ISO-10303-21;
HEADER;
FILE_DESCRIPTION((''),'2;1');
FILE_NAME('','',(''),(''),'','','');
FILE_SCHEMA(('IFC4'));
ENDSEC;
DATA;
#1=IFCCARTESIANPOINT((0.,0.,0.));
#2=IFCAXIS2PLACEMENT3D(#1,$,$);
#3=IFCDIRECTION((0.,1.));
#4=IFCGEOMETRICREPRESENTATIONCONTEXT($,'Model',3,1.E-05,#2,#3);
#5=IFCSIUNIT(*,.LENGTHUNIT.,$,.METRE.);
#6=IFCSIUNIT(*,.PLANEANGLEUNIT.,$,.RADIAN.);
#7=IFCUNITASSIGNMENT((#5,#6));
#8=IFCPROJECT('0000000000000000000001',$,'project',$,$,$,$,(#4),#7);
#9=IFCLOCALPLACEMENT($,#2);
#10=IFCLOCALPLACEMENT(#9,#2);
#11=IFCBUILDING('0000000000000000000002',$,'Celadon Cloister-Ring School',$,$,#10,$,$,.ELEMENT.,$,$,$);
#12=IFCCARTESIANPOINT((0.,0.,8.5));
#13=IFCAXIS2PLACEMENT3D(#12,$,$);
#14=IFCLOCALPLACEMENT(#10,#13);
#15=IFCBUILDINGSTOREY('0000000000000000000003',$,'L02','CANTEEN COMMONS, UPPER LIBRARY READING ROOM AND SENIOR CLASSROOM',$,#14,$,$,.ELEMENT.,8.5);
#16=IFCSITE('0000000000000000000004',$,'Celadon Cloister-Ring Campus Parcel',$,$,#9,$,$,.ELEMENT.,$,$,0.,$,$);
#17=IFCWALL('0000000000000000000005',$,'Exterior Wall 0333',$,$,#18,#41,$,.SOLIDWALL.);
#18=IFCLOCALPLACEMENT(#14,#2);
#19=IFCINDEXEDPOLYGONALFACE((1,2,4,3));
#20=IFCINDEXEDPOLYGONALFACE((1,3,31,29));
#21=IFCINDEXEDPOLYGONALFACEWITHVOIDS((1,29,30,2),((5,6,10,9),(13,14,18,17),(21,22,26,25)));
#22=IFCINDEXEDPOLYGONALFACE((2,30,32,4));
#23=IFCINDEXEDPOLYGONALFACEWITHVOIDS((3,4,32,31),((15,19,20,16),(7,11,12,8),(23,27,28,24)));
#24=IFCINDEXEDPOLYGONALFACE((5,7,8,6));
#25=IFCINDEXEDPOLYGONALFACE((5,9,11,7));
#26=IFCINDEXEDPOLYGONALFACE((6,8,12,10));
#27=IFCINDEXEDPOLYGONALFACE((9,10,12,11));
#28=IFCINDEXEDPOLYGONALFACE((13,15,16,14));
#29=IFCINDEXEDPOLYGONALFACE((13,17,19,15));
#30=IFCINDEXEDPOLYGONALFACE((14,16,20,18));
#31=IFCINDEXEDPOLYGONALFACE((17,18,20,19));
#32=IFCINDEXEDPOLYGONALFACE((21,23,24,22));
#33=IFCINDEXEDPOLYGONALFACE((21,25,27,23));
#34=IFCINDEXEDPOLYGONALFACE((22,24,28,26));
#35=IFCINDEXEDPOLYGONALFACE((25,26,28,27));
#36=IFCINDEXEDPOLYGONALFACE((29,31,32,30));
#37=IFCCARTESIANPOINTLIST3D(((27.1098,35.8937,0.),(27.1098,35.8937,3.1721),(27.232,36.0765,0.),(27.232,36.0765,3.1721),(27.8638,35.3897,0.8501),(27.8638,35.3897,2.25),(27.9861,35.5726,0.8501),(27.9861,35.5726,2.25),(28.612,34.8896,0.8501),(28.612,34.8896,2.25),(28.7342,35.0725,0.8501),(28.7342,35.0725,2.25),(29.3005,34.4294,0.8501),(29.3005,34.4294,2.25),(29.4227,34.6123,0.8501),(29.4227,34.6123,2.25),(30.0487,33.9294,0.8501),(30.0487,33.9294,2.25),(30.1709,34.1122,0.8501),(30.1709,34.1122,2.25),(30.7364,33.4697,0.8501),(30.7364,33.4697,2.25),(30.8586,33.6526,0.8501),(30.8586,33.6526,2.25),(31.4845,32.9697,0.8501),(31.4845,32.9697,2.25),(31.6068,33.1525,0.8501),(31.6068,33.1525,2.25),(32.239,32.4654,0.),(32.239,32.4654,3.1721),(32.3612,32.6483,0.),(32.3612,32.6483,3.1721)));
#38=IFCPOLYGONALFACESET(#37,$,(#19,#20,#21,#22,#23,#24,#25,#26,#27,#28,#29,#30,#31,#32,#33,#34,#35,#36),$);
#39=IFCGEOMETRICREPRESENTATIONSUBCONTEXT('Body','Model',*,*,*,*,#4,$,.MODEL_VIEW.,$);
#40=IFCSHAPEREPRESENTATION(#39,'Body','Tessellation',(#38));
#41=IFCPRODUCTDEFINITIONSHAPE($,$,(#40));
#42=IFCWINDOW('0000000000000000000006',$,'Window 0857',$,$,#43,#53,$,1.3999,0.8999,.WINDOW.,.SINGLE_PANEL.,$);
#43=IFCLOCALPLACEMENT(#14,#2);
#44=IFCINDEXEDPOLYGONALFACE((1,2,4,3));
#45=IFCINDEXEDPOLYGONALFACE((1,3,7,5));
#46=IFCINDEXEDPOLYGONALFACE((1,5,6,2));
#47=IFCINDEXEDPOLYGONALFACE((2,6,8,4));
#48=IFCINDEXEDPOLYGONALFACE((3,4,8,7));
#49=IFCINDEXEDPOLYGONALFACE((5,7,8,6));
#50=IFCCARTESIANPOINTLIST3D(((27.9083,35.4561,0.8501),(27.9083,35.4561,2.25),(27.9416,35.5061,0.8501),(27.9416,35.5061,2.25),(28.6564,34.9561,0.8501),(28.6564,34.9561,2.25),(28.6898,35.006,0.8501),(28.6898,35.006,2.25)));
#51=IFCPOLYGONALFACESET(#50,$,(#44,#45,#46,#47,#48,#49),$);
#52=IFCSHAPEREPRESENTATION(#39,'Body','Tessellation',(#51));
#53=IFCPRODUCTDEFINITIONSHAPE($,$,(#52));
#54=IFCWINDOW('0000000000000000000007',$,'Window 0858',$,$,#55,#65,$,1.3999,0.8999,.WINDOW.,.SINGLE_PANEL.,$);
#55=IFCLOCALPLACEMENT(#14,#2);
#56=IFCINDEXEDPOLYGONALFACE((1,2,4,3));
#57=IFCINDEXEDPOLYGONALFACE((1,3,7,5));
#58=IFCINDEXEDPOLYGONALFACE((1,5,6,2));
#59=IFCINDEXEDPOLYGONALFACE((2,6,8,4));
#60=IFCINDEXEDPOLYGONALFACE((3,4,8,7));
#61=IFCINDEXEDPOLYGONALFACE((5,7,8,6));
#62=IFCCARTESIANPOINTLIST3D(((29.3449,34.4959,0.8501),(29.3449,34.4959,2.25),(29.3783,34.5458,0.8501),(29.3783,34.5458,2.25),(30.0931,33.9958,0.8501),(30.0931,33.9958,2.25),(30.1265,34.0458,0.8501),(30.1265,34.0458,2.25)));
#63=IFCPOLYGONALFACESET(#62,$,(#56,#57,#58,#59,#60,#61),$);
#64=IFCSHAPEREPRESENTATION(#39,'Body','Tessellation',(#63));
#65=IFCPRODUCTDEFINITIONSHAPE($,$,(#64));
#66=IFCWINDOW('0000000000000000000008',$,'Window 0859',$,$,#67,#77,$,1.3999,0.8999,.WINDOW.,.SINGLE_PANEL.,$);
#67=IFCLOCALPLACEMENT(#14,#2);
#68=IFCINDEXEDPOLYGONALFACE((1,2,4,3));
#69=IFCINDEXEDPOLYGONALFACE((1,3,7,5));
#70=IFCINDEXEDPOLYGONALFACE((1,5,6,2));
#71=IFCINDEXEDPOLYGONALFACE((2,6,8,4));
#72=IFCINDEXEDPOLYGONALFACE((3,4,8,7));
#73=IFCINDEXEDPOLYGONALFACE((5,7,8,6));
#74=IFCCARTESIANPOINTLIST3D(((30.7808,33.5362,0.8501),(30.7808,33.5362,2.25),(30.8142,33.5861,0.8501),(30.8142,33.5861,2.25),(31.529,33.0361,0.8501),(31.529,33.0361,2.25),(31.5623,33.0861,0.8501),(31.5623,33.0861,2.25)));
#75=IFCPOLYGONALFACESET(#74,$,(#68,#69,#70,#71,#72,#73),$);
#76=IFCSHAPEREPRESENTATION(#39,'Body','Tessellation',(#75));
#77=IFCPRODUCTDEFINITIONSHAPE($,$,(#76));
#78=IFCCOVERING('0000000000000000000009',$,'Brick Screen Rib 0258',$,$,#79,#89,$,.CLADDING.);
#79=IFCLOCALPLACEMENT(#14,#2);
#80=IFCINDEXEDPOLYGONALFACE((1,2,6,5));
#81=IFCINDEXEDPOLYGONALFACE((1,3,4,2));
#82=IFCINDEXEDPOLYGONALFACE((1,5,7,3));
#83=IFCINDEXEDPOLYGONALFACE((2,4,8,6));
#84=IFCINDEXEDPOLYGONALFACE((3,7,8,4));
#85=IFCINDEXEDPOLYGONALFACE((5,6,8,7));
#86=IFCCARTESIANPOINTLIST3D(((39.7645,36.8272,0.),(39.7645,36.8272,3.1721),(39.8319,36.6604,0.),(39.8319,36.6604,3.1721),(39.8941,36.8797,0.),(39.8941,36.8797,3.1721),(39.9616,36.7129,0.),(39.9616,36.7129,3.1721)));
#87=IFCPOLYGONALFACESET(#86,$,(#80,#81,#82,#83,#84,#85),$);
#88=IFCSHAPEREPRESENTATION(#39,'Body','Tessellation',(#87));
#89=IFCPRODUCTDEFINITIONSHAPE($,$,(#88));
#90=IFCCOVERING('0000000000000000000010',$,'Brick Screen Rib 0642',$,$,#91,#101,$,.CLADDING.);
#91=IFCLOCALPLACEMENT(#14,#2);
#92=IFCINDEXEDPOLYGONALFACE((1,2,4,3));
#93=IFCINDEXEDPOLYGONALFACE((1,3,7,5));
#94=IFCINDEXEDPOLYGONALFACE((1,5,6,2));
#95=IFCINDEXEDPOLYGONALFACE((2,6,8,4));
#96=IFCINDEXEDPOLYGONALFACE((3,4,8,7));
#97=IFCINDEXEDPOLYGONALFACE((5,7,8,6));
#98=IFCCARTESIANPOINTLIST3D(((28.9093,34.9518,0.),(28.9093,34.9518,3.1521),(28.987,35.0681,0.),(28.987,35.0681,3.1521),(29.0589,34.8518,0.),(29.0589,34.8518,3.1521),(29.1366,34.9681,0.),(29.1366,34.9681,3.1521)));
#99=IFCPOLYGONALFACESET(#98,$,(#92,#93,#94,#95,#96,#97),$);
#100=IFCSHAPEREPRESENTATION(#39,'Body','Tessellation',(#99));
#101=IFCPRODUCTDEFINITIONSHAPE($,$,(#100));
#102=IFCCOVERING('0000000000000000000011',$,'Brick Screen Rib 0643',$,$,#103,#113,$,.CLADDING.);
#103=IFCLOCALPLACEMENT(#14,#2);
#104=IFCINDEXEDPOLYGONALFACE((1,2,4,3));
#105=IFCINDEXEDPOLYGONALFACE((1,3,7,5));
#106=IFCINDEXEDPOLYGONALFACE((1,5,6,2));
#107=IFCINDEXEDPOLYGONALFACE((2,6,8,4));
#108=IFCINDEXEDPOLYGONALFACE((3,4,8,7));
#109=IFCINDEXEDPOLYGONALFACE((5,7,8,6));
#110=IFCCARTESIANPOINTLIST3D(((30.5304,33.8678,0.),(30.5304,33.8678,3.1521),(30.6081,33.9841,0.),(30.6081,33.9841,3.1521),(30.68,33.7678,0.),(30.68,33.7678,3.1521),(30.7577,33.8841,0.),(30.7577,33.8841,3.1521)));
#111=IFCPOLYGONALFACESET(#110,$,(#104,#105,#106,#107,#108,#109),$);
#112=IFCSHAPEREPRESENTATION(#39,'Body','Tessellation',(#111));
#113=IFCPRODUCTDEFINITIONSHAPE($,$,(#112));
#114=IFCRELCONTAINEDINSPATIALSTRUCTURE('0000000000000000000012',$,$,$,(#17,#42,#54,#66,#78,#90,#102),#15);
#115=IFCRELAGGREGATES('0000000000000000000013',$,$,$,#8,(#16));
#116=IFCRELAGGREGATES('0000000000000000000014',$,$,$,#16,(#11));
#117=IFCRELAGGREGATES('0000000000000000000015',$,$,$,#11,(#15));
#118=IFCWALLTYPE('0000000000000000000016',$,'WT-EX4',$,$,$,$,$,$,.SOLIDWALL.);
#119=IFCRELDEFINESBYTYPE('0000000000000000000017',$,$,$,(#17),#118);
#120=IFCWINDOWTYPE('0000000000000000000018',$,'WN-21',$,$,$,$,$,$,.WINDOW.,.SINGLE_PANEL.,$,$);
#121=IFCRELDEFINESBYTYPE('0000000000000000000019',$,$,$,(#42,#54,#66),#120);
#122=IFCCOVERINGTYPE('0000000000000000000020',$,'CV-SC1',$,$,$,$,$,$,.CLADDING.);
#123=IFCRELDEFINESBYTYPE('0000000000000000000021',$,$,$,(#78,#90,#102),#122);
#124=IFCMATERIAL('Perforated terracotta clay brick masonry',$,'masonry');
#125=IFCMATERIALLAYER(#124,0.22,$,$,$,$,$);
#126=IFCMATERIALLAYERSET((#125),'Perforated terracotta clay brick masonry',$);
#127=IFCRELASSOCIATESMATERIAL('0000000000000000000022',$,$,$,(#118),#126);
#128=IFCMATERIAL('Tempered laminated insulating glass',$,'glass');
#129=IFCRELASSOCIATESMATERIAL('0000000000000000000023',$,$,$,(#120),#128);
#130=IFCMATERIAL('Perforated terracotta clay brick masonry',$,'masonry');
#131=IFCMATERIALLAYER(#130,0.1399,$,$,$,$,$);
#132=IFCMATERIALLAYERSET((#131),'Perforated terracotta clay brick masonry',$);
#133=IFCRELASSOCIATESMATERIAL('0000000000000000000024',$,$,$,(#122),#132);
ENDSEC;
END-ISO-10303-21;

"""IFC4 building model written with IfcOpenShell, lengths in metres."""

from ifc_helpers import new_model, si_unit, direction, frame, frame_2d, origin, origin_2d, place, context, subcontext, project, spatial, rectangle, extrude, material, layer, layer_set, type_object, element, fill, save


model = new_model("IFC4")

# Units and contexts
model_context = context("Model", 3, precision=1e-05, world=origin(), true_north=direction((0.0, 1.0)))
body_context = subcontext(model_context, "Body", "Model", "MODEL_VIEW")
ifc_project = project(units=[si_unit("LENGTHUNIT", "METRE"), si_unit("PLANEANGLEUNIT", "RADIAN")], contexts=[model_context])

# Site, building, storey
site_placement = place(None, origin())
site = spatial("IfcSite", under=ifc_project, at=site_placement, Name="Celadon Cloister-Ring Campus Parcel", CompositionType="ELEMENT", RefElevation=0.0)
building_placement = place(site_placement, origin())
building = spatial("IfcBuilding", under=site, at=building_placement, Name="Celadon Cloister-Ring School", CompositionType="ELEMENT")
storey_placement = place(building_placement, frame((0.0, 0.0, 8.5)))
storey = spatial("IfcBuildingStorey", under=building, at=storey_placement, Name="L02", Description="CANTEEN COMMONS, UPPER LIBRARY READING ROOM AND SENIOR CLASSROOM", CompositionType="ELEMENT", Elevation=8.5)

# Wall, openings, windows
ifc_material_1 = material(Name="Perforated terracotta clay brick masonry", Category="masonry")
ifc_layer_1 = layer(ifc_material_1, 0.22)
ifc_layer_set_1 = layer_set([ifc_layer_1], Name="Perforated terracotta clay brick masonry")
wall_type = type_object("IfcWallType", Name="WT-EX4", PredefinedType="SOLIDWALL", material=ifc_layer_set_1)
wall_1_placement = place(storey_placement, frame((27.1709, 35.9851, 0.0), z_axis=(0.0, 0.0, 1.0), x_axis=(0.831392, -0.555686, 0.0)))
wall_1 = element("IfcWall", 1, at=wall_1_placement, inside=storey, type_object=wall_type, Name="Exterior Wall 0333", PredefinedType="SOLIDWALL", context=body_context, shape_type="SweptSolid", body=[
    extrude(rectangle(XDim=6.1694, YDim=0.22, at=frame_2d((3.0847, 0.0))), origin(), (0.0, 0.0, 1.0), 3.1721),
])
opening_1_placement = place(wall_1_placement, frame((0.907, 0.0, 0.8501)))
opening_1 = element("IfcOpeningElement", 2, at=opening_1_placement, cuts=wall_1, PredefinedType="OPENING", context=body_context, shape_type="SweptSolid", body=[
    extrude(rectangle(XDim=0.8999, YDim=1.3999, at=frame_2d((0.45, 0.7))), frame((0.0, 0.1201, 0.0), z_axis=(0.0, -1.0, 0.0), x_axis=(1.0, 0.0, 0.0)), (0.0, 0.0, 1.0), 0.24),
])
opening_2_placement = place(wall_1_placement, frame((2.635, 0.0, 0.8501)))
opening_2 = element("IfcOpeningElement", 3, at=opening_2_placement, cuts=wall_1, PredefinedType="OPENING", context=body_context, shape_type="SweptSolid", body=[
    extrude(rectangle(XDim=0.8999, YDim=1.3999, at=frame_2d((0.45, 0.7))), frame((0.0, 0.1201, 0.0), z_axis=(0.0, -1.0, 0.0), x_axis=(1.0, 0.0, 0.0)), (0.0, 0.0, 1.0), 0.24),
])
opening_3_placement = place(wall_1_placement, frame((4.3621, 0.0, 0.8501)))
opening_3 = element("IfcOpeningElement", 4, at=opening_3_placement, cuts=wall_1, PredefinedType="OPENING", context=body_context, shape_type="SweptSolid", body=[
    extrude(rectangle(XDim=0.8999, YDim=1.3999, at=frame_2d((0.45, 0.7))), frame((0.0, 0.1201, 0.0), z_axis=(0.0, -1.0, 0.0), x_axis=(1.0, 0.0, 0.0)), (0.0, 0.0, 1.0), 0.24),
])
ifc_material_2 = material(Name="Tempered laminated insulating glass", Category="glass")
window_type_1 = type_object("IfcWindowType", Name="WN-21", PartitioningType="SINGLE_PANEL", PredefinedType="WINDOW", material=ifc_material_2)
window_1_placement = place(opening_1_placement, origin())
window_1 = element("IfcWindow", 5, at=window_1_placement, inside=storey, type_object=window_type_1, Name="Window 0857", OverallHeight=1.3999, OverallWidth=0.8999, PartitioningType="SINGLE_PANEL", PredefinedType="WINDOW", context=body_context, shape_type="SweptSolid", body=[
    extrude(rectangle(XDim=0.8999, YDim=1.3999, at=frame_2d((0.45, 0.7))), frame((0.0, 0.03, 0.0), z_axis=(0.0, -1.0, 0.0), x_axis=(1.0, 0.0, 0.0)), (0.0, 0.0, 1.0), 0.0601),
])
fill(opening_1, window_1)
window_2_placement = place(opening_2_placement, origin())
window_2 = element("IfcWindow", 6, at=window_2_placement, inside=storey, type_object=window_type_1, Name="Window 0858", OverallHeight=1.3999, OverallWidth=0.8999, PartitioningType="SINGLE_PANEL", PredefinedType="WINDOW", context=body_context, shape_type="SweptSolid", body=[
    extrude(rectangle(XDim=0.8999, YDim=1.3999, at=frame_2d((0.45, 0.7))), frame((0.0, 0.03, 0.0), z_axis=(0.0, -1.0, 0.0), x_axis=(1.0, 0.0, 0.0)), (0.0, 0.0, 1.0), 0.0601),
])
fill(opening_2, window_2)
window_3_placement = place(opening_3_placement, origin())
window_3 = element("IfcWindow", 7, at=window_3_placement, inside=storey, type_object=window_type_1, Name="Window 0859", OverallHeight=1.3999, OverallWidth=0.8999, PartitioningType="SINGLE_PANEL", PredefinedType="WINDOW", context=body_context, shape_type="SweptSolid", body=[
    extrude(rectangle(XDim=0.8999, YDim=1.3999, at=frame_2d((0.45, 0.7))), frame((0.0, 0.03, 0.0), z_axis=(0.0, -1.0, 0.0), x_axis=(1.0, 0.0, 0.0)), (0.0, 0.0, 1.0), 0.0601),
])
fill(opening_3, window_3)

# Coverings
ifc_material_3 = material(Name="Perforated terracotta clay brick masonry", Category="masonry")
ifc_layer_2 = layer(ifc_material_3, 0.1399)
ifc_layer_set_2 = layer_set([ifc_layer_2], Name="Perforated terracotta clay brick masonry")
covering_type = type_object("IfcCoveringType", Name="CV-SC1", PredefinedType="CLADDING", material=ifc_layer_set_2)
covering_placement = place(storey_placement, frame((39.863, 36.77, 0.0), z_axis=(0.0, 0.0, 1.0), x_axis=(-0.375043, 0.927007, 0.0)))
element("IfcCovering", 8, at=covering_placement, inside=storey, type_object=covering_type, Name="Brick Screen Rib 0258", PredefinedType="CLADDING", context=body_context, shape_type="SweptSolid", body=[
    extrude(rectangle(XDim=0.1799, YDim=0.1399, at=origin_2d()), origin(), (0.0, 0.0, 1.0), 3.1721),
])
for number, where, z_axis, x_axis, name in (
    (9, (29.0229, 34.96, 0.0), (0.0, 0.0, 1.0), (0.831402, -0.555672, 0.0), "Brick Screen Rib 0642"),
    (10, (30.644, 33.876, 0.0), (0.0, 0.0, 1.0), (0.831402, -0.555672, 0.0), "Brick Screen Rib 0643"),
):
    element("IfcCovering", number, at=place(storey_placement, frame(where, z_axis=z_axis, x_axis=x_axis)), inside=storey, type_object=covering_type, Name=name, PredefinedType="CLADDING", context=body_context, shape_type="SweptSolid", body=[
        extrude(rectangle(XDim=0.1799, YDim=0.1399, at=origin_2d()), origin(), (0.0, 0.0, 1.0), 3.1521),
    ])

save(model, "model.ifc")
